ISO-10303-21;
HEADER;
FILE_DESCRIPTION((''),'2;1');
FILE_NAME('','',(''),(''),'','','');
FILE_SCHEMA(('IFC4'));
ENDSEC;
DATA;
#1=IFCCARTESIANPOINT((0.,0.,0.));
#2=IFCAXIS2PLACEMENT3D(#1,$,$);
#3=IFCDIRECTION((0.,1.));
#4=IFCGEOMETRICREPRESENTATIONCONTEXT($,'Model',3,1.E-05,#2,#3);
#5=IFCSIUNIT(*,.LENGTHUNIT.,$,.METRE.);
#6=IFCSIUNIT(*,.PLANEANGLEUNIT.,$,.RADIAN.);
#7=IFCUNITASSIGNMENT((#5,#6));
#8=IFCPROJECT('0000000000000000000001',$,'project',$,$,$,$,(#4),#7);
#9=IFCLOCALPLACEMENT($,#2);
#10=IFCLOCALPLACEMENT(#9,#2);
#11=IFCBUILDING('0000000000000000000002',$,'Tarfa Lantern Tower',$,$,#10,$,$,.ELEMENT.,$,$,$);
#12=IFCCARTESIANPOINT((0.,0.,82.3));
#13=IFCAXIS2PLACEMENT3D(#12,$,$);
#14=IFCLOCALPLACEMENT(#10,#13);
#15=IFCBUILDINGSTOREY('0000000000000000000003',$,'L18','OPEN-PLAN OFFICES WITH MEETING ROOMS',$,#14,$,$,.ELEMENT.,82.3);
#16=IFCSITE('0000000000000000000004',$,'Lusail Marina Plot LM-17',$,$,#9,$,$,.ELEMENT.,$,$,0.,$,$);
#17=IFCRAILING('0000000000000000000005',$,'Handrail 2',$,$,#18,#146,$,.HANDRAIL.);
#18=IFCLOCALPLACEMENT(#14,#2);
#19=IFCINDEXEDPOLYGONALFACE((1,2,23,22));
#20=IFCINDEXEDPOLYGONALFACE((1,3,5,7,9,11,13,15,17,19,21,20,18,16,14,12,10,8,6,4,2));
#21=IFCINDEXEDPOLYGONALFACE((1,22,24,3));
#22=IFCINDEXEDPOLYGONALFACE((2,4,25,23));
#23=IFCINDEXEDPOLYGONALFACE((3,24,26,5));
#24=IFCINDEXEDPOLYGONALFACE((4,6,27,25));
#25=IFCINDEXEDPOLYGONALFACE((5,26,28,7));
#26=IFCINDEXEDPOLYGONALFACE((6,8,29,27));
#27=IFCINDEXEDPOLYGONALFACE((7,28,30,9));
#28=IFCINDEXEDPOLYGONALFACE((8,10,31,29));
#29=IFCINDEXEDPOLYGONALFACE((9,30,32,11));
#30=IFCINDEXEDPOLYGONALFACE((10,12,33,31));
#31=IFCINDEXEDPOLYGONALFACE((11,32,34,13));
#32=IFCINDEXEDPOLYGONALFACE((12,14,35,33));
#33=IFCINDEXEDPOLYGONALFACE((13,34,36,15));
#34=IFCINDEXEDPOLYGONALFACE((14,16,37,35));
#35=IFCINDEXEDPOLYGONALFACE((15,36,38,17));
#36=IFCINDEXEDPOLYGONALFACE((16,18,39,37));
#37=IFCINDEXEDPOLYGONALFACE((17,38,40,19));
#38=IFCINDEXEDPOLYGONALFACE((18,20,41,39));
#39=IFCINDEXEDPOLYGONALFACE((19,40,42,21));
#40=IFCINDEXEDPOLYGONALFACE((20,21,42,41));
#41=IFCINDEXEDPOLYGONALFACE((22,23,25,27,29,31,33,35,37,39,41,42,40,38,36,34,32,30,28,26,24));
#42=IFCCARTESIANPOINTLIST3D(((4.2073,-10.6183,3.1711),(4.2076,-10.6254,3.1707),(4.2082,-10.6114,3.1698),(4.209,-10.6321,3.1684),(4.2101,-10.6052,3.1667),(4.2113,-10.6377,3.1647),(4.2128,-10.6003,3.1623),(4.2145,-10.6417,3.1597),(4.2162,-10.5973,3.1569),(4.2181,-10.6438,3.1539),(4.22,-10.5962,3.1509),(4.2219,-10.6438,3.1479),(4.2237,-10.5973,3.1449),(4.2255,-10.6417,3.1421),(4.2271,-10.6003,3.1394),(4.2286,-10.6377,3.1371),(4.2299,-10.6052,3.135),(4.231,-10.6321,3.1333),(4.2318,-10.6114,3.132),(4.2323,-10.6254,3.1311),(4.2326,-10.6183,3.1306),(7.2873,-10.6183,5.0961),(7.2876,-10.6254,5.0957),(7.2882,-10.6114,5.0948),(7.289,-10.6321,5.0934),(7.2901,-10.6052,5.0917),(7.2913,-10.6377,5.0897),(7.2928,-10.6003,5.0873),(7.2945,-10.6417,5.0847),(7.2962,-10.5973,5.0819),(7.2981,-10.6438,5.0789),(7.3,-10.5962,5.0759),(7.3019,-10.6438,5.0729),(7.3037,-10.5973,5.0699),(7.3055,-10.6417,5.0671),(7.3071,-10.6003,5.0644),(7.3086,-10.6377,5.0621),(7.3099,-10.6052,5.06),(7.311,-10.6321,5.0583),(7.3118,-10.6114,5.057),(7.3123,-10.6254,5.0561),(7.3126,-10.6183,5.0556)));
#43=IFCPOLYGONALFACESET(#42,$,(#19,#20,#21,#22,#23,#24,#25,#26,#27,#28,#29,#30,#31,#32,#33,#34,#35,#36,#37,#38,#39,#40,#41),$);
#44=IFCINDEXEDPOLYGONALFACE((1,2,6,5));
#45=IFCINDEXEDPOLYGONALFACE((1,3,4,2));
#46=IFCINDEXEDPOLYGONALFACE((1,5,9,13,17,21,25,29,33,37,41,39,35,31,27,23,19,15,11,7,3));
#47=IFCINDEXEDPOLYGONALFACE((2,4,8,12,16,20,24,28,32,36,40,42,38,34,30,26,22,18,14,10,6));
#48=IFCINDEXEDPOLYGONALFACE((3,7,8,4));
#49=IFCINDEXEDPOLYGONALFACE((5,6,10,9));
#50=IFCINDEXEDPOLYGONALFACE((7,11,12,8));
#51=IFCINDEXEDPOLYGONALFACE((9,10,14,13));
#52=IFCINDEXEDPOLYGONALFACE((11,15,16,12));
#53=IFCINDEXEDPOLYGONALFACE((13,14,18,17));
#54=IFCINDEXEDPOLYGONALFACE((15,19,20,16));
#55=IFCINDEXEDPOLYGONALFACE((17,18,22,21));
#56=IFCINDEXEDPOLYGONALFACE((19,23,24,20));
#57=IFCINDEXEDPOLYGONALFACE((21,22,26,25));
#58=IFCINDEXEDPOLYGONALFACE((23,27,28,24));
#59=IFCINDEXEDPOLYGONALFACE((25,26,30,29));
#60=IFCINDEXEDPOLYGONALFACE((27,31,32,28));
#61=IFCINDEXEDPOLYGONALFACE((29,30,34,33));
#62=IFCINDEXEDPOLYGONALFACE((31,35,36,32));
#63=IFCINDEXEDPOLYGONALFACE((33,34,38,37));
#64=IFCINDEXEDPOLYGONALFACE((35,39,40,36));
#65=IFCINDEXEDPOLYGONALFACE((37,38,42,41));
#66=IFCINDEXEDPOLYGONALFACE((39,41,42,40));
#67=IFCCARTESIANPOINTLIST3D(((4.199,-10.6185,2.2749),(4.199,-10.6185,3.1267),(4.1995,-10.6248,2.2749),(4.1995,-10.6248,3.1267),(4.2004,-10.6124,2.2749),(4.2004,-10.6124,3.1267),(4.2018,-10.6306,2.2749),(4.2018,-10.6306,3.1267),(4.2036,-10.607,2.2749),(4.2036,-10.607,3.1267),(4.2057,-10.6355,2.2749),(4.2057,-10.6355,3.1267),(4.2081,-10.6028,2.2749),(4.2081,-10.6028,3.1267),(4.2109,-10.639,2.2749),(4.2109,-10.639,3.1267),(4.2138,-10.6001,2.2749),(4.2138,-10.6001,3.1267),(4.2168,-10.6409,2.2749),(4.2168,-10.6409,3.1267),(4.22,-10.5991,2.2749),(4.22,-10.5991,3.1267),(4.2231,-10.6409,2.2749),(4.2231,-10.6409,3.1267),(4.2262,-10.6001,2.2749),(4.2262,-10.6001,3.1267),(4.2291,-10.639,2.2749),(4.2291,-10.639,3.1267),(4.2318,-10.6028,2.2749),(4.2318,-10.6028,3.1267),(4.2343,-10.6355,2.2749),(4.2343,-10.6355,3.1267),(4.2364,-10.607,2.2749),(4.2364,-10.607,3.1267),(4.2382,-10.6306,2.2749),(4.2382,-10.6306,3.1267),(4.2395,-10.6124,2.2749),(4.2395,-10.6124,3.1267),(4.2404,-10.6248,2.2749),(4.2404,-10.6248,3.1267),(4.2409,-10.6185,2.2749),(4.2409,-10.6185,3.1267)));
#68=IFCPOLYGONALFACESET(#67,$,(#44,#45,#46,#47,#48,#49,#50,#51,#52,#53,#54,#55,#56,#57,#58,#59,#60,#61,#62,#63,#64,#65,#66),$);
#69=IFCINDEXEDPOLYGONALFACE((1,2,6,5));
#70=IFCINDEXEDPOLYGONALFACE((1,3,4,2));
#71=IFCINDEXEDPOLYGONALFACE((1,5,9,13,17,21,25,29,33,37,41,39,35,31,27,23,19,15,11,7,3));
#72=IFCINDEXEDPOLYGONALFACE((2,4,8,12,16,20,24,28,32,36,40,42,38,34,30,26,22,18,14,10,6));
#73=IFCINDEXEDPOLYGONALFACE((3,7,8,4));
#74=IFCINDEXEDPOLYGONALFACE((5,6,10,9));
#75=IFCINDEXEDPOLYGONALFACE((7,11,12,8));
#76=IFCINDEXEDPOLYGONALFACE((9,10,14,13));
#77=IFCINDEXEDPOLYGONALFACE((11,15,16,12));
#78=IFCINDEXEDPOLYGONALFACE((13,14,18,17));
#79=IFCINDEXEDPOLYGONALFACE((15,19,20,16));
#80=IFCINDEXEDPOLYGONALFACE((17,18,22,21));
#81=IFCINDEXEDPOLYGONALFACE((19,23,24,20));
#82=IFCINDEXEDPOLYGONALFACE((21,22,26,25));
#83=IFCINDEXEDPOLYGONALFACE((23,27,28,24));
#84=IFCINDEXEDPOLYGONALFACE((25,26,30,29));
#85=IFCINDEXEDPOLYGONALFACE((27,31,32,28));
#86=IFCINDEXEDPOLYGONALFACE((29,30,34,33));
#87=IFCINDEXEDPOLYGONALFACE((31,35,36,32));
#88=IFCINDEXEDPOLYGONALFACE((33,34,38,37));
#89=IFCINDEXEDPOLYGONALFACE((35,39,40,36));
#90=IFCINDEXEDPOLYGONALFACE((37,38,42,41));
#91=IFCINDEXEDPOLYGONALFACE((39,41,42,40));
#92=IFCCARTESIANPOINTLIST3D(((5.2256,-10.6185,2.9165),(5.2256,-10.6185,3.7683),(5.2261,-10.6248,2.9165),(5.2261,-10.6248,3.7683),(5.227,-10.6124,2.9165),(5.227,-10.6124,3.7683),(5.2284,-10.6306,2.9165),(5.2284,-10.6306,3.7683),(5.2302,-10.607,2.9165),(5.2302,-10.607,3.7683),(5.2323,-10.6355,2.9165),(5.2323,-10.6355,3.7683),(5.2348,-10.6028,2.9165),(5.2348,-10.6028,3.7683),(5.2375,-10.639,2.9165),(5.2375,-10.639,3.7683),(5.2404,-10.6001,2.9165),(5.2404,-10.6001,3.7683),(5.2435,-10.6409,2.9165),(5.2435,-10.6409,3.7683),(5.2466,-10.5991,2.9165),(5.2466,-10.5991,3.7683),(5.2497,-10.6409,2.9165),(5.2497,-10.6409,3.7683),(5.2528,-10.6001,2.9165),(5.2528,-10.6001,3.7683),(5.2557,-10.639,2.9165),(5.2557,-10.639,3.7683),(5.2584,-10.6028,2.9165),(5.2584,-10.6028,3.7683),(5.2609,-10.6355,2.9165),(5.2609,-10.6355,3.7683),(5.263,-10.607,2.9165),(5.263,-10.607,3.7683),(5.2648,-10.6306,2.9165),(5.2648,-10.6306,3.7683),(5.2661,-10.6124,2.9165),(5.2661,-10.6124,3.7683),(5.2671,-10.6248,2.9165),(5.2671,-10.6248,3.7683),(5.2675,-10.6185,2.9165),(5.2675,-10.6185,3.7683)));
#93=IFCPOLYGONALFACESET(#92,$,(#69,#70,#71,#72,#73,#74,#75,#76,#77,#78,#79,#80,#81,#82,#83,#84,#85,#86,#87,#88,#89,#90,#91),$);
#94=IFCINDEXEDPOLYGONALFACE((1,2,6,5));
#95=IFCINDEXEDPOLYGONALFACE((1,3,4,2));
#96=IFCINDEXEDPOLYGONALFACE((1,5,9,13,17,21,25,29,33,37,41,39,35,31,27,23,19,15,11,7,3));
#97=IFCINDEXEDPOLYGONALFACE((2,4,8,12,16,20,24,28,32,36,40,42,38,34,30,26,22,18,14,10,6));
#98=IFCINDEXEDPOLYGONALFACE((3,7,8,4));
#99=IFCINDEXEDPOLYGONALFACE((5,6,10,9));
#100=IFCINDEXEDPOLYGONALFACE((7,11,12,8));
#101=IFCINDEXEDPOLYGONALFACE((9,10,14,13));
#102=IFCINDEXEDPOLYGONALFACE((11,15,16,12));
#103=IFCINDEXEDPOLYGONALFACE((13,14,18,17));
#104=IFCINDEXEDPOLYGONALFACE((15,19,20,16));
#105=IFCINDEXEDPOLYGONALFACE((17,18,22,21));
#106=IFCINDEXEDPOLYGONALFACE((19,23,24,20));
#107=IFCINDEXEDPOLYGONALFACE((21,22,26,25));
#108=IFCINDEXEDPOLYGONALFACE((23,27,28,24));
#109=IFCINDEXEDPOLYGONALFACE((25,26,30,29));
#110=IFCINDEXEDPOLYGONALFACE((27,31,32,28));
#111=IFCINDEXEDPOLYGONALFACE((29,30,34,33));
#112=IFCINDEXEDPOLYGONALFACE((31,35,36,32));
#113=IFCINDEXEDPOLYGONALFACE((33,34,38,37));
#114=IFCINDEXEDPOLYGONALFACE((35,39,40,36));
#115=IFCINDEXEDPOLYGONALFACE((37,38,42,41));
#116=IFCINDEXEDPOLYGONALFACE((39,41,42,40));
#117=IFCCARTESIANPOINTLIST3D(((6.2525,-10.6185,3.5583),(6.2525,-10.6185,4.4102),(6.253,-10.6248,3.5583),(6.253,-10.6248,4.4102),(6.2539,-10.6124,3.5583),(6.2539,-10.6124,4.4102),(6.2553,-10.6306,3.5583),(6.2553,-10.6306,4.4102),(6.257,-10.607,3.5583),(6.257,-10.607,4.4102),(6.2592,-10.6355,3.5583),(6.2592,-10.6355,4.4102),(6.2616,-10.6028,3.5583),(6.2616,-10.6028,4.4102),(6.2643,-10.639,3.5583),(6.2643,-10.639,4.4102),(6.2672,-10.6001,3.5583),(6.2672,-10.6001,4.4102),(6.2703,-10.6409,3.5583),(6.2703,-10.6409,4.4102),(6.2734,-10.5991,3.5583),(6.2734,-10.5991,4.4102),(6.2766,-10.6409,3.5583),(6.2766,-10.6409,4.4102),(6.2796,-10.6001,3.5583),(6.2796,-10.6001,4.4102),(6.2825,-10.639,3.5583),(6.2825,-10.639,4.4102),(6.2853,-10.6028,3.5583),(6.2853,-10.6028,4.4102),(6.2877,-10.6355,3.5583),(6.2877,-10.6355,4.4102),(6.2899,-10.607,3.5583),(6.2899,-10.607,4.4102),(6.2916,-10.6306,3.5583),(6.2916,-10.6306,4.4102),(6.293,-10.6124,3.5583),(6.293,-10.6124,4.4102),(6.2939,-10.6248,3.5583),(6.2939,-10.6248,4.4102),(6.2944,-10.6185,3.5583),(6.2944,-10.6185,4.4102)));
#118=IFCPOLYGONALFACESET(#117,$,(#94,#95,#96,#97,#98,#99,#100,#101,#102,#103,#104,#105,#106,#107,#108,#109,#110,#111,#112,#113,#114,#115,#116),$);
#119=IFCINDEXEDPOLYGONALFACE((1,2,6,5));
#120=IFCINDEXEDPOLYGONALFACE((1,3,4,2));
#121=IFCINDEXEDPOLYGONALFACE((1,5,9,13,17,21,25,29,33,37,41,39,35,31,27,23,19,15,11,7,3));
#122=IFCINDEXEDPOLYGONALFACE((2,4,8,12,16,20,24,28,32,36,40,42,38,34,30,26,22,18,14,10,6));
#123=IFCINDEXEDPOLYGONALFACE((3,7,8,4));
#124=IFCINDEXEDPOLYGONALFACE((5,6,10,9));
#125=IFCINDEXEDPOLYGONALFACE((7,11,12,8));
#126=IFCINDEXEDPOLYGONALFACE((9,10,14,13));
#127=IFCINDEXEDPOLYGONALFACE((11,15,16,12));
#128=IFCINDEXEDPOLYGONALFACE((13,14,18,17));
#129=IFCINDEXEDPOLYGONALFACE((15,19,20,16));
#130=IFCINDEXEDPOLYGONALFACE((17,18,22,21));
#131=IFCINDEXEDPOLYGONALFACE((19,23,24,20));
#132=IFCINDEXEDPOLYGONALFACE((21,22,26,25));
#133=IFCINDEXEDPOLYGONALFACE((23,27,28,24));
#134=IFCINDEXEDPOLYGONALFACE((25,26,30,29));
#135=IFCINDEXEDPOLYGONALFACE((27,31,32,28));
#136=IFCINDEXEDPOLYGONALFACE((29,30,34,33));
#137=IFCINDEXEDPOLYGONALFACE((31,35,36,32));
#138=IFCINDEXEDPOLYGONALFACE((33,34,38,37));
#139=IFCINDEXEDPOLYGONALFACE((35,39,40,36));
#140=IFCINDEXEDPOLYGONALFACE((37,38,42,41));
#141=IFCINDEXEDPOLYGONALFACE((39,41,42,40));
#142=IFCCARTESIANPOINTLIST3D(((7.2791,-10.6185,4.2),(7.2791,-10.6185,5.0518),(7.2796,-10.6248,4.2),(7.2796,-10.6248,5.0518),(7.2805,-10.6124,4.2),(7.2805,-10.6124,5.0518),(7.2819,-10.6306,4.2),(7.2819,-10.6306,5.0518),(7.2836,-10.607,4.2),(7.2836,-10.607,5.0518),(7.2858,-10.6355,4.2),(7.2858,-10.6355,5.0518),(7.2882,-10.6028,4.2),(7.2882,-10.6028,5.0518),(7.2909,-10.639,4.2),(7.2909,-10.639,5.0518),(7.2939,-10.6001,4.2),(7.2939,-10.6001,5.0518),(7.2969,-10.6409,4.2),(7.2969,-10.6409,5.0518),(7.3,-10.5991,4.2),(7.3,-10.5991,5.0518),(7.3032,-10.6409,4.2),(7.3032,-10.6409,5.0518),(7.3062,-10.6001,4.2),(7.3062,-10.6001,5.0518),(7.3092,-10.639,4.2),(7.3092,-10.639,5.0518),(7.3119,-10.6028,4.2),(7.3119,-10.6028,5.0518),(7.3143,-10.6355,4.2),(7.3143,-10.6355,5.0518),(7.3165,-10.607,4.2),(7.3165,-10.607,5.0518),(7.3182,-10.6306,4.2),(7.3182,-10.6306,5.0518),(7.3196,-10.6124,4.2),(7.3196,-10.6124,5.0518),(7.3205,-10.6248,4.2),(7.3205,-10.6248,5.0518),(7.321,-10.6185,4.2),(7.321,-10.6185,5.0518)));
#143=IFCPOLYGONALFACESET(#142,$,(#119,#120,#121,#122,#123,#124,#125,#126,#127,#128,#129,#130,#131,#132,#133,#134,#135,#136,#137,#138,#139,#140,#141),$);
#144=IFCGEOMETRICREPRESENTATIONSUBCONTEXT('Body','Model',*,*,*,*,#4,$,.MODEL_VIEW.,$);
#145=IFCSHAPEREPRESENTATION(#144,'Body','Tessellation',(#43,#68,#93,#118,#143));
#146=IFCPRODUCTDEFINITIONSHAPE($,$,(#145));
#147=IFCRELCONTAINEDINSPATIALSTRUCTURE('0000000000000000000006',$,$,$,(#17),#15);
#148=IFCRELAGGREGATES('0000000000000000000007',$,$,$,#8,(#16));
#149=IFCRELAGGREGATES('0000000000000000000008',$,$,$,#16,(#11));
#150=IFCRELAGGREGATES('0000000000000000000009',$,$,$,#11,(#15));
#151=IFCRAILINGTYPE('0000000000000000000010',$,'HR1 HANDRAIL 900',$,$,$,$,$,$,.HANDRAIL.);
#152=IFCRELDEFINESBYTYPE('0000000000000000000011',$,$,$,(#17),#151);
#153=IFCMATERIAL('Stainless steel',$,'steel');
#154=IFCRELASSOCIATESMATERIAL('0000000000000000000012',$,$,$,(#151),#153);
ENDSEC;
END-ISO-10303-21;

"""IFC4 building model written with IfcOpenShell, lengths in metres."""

from ifc_helpers import new_model, si_unit, direction, frame, origin, origin_2d, place, context, subcontext, project, spatial, circle, extrude, material, type_object, element, save


model = new_model("IFC4")

# Units and contexts
model_context = context("Model", 3, precision=1e-05, world=origin(), true_north=direction((0.0, 1.0)))
body_context = subcontext(model_context, "Body", "Model", "MODEL_VIEW")
ifc_project = project(units=[si_unit("LENGTHUNIT", "METRE"), si_unit("PLANEANGLEUNIT", "RADIAN")], contexts=[model_context])

# Site, building, storey
site_placement = place(None, origin())
site = spatial("IfcSite", under=ifc_project, at=site_placement, Name="Lusail Marina Plot LM-17", CompositionType="ELEMENT", RefElevation=0.0)
building_placement = place(site_placement, origin())
building = spatial("IfcBuilding", under=site, at=building_placement, Name="Tarfa Lantern Tower", CompositionType="ELEMENT")
storey_placement = place(building_placement, frame((0.0, 0.0, 82.3)))
storey = spatial("IfcBuildingStorey", under=building, at=storey_placement, Name="L18", Description="OPEN-PLAN OFFICES WITH MEETING ROOMS", CompositionType="ELEMENT", Elevation=82.3)

# Railing
ifc_material_1 = material(Name="Stainless steel", Category="steel")
railing_type = type_object("IfcRailingType", Name="HR1 HANDRAIL 900", PredefinedType="HANDRAIL", material=ifc_material_1)
railing_1_placement = place(storey_placement, frame((4.22, -10.6201, 2.2749)))
element("IfcRailing", 1, at=railing_1_placement, inside=storey, type_object=railing_type, Name="Handrail 2", PredefinedType="HANDRAIL", context=body_context, shape_type="SweptSolid", body=[
    extrude(circle(Radius=0.0239, at=origin_2d()), frame((0.0, 0.0, 0.876), z_axis=(0.847998, 0.0, 0.529999), x_axis=(0.0, 1.0, 0.0)), (0.0, 0.0, 1.0), 3.6321),
    extrude(circle(Radius=0.021, at=origin_2d()), frame((0.0, 0.0, 0.0), z_axis=(0.0, 0.0, 1.0), x_axis=(0.0, 1.0, 0.0)), (0.0, 0.0, 1.0), 0.8518),
    extrude(circle(Radius=0.021, at=origin_2d()), frame((1.0266, 0.0, 0.6416), z_axis=(0.0, 0.0, 1.0), x_axis=(0.0, 1.0, 0.0)), (0.0, 0.0, 1.0), 0.8518),
    extrude(circle(Radius=0.021, at=origin_2d()), frame((2.0535, 0.0, 1.2834), z_axis=(0.0, 0.0, 1.0), x_axis=(0.0, 1.0, 0.0)), (0.0, 0.0, 1.0), 0.8518),
    extrude(circle(Radius=0.021, at=origin_2d()), frame((3.0801, 0.0, 1.925), z_axis=(0.0, 0.0, 1.0), x_axis=(0.0, 1.0, 0.0)), (0.0, 0.0, 1.0), 0.8518),
])

save(model, "model.ifc")
